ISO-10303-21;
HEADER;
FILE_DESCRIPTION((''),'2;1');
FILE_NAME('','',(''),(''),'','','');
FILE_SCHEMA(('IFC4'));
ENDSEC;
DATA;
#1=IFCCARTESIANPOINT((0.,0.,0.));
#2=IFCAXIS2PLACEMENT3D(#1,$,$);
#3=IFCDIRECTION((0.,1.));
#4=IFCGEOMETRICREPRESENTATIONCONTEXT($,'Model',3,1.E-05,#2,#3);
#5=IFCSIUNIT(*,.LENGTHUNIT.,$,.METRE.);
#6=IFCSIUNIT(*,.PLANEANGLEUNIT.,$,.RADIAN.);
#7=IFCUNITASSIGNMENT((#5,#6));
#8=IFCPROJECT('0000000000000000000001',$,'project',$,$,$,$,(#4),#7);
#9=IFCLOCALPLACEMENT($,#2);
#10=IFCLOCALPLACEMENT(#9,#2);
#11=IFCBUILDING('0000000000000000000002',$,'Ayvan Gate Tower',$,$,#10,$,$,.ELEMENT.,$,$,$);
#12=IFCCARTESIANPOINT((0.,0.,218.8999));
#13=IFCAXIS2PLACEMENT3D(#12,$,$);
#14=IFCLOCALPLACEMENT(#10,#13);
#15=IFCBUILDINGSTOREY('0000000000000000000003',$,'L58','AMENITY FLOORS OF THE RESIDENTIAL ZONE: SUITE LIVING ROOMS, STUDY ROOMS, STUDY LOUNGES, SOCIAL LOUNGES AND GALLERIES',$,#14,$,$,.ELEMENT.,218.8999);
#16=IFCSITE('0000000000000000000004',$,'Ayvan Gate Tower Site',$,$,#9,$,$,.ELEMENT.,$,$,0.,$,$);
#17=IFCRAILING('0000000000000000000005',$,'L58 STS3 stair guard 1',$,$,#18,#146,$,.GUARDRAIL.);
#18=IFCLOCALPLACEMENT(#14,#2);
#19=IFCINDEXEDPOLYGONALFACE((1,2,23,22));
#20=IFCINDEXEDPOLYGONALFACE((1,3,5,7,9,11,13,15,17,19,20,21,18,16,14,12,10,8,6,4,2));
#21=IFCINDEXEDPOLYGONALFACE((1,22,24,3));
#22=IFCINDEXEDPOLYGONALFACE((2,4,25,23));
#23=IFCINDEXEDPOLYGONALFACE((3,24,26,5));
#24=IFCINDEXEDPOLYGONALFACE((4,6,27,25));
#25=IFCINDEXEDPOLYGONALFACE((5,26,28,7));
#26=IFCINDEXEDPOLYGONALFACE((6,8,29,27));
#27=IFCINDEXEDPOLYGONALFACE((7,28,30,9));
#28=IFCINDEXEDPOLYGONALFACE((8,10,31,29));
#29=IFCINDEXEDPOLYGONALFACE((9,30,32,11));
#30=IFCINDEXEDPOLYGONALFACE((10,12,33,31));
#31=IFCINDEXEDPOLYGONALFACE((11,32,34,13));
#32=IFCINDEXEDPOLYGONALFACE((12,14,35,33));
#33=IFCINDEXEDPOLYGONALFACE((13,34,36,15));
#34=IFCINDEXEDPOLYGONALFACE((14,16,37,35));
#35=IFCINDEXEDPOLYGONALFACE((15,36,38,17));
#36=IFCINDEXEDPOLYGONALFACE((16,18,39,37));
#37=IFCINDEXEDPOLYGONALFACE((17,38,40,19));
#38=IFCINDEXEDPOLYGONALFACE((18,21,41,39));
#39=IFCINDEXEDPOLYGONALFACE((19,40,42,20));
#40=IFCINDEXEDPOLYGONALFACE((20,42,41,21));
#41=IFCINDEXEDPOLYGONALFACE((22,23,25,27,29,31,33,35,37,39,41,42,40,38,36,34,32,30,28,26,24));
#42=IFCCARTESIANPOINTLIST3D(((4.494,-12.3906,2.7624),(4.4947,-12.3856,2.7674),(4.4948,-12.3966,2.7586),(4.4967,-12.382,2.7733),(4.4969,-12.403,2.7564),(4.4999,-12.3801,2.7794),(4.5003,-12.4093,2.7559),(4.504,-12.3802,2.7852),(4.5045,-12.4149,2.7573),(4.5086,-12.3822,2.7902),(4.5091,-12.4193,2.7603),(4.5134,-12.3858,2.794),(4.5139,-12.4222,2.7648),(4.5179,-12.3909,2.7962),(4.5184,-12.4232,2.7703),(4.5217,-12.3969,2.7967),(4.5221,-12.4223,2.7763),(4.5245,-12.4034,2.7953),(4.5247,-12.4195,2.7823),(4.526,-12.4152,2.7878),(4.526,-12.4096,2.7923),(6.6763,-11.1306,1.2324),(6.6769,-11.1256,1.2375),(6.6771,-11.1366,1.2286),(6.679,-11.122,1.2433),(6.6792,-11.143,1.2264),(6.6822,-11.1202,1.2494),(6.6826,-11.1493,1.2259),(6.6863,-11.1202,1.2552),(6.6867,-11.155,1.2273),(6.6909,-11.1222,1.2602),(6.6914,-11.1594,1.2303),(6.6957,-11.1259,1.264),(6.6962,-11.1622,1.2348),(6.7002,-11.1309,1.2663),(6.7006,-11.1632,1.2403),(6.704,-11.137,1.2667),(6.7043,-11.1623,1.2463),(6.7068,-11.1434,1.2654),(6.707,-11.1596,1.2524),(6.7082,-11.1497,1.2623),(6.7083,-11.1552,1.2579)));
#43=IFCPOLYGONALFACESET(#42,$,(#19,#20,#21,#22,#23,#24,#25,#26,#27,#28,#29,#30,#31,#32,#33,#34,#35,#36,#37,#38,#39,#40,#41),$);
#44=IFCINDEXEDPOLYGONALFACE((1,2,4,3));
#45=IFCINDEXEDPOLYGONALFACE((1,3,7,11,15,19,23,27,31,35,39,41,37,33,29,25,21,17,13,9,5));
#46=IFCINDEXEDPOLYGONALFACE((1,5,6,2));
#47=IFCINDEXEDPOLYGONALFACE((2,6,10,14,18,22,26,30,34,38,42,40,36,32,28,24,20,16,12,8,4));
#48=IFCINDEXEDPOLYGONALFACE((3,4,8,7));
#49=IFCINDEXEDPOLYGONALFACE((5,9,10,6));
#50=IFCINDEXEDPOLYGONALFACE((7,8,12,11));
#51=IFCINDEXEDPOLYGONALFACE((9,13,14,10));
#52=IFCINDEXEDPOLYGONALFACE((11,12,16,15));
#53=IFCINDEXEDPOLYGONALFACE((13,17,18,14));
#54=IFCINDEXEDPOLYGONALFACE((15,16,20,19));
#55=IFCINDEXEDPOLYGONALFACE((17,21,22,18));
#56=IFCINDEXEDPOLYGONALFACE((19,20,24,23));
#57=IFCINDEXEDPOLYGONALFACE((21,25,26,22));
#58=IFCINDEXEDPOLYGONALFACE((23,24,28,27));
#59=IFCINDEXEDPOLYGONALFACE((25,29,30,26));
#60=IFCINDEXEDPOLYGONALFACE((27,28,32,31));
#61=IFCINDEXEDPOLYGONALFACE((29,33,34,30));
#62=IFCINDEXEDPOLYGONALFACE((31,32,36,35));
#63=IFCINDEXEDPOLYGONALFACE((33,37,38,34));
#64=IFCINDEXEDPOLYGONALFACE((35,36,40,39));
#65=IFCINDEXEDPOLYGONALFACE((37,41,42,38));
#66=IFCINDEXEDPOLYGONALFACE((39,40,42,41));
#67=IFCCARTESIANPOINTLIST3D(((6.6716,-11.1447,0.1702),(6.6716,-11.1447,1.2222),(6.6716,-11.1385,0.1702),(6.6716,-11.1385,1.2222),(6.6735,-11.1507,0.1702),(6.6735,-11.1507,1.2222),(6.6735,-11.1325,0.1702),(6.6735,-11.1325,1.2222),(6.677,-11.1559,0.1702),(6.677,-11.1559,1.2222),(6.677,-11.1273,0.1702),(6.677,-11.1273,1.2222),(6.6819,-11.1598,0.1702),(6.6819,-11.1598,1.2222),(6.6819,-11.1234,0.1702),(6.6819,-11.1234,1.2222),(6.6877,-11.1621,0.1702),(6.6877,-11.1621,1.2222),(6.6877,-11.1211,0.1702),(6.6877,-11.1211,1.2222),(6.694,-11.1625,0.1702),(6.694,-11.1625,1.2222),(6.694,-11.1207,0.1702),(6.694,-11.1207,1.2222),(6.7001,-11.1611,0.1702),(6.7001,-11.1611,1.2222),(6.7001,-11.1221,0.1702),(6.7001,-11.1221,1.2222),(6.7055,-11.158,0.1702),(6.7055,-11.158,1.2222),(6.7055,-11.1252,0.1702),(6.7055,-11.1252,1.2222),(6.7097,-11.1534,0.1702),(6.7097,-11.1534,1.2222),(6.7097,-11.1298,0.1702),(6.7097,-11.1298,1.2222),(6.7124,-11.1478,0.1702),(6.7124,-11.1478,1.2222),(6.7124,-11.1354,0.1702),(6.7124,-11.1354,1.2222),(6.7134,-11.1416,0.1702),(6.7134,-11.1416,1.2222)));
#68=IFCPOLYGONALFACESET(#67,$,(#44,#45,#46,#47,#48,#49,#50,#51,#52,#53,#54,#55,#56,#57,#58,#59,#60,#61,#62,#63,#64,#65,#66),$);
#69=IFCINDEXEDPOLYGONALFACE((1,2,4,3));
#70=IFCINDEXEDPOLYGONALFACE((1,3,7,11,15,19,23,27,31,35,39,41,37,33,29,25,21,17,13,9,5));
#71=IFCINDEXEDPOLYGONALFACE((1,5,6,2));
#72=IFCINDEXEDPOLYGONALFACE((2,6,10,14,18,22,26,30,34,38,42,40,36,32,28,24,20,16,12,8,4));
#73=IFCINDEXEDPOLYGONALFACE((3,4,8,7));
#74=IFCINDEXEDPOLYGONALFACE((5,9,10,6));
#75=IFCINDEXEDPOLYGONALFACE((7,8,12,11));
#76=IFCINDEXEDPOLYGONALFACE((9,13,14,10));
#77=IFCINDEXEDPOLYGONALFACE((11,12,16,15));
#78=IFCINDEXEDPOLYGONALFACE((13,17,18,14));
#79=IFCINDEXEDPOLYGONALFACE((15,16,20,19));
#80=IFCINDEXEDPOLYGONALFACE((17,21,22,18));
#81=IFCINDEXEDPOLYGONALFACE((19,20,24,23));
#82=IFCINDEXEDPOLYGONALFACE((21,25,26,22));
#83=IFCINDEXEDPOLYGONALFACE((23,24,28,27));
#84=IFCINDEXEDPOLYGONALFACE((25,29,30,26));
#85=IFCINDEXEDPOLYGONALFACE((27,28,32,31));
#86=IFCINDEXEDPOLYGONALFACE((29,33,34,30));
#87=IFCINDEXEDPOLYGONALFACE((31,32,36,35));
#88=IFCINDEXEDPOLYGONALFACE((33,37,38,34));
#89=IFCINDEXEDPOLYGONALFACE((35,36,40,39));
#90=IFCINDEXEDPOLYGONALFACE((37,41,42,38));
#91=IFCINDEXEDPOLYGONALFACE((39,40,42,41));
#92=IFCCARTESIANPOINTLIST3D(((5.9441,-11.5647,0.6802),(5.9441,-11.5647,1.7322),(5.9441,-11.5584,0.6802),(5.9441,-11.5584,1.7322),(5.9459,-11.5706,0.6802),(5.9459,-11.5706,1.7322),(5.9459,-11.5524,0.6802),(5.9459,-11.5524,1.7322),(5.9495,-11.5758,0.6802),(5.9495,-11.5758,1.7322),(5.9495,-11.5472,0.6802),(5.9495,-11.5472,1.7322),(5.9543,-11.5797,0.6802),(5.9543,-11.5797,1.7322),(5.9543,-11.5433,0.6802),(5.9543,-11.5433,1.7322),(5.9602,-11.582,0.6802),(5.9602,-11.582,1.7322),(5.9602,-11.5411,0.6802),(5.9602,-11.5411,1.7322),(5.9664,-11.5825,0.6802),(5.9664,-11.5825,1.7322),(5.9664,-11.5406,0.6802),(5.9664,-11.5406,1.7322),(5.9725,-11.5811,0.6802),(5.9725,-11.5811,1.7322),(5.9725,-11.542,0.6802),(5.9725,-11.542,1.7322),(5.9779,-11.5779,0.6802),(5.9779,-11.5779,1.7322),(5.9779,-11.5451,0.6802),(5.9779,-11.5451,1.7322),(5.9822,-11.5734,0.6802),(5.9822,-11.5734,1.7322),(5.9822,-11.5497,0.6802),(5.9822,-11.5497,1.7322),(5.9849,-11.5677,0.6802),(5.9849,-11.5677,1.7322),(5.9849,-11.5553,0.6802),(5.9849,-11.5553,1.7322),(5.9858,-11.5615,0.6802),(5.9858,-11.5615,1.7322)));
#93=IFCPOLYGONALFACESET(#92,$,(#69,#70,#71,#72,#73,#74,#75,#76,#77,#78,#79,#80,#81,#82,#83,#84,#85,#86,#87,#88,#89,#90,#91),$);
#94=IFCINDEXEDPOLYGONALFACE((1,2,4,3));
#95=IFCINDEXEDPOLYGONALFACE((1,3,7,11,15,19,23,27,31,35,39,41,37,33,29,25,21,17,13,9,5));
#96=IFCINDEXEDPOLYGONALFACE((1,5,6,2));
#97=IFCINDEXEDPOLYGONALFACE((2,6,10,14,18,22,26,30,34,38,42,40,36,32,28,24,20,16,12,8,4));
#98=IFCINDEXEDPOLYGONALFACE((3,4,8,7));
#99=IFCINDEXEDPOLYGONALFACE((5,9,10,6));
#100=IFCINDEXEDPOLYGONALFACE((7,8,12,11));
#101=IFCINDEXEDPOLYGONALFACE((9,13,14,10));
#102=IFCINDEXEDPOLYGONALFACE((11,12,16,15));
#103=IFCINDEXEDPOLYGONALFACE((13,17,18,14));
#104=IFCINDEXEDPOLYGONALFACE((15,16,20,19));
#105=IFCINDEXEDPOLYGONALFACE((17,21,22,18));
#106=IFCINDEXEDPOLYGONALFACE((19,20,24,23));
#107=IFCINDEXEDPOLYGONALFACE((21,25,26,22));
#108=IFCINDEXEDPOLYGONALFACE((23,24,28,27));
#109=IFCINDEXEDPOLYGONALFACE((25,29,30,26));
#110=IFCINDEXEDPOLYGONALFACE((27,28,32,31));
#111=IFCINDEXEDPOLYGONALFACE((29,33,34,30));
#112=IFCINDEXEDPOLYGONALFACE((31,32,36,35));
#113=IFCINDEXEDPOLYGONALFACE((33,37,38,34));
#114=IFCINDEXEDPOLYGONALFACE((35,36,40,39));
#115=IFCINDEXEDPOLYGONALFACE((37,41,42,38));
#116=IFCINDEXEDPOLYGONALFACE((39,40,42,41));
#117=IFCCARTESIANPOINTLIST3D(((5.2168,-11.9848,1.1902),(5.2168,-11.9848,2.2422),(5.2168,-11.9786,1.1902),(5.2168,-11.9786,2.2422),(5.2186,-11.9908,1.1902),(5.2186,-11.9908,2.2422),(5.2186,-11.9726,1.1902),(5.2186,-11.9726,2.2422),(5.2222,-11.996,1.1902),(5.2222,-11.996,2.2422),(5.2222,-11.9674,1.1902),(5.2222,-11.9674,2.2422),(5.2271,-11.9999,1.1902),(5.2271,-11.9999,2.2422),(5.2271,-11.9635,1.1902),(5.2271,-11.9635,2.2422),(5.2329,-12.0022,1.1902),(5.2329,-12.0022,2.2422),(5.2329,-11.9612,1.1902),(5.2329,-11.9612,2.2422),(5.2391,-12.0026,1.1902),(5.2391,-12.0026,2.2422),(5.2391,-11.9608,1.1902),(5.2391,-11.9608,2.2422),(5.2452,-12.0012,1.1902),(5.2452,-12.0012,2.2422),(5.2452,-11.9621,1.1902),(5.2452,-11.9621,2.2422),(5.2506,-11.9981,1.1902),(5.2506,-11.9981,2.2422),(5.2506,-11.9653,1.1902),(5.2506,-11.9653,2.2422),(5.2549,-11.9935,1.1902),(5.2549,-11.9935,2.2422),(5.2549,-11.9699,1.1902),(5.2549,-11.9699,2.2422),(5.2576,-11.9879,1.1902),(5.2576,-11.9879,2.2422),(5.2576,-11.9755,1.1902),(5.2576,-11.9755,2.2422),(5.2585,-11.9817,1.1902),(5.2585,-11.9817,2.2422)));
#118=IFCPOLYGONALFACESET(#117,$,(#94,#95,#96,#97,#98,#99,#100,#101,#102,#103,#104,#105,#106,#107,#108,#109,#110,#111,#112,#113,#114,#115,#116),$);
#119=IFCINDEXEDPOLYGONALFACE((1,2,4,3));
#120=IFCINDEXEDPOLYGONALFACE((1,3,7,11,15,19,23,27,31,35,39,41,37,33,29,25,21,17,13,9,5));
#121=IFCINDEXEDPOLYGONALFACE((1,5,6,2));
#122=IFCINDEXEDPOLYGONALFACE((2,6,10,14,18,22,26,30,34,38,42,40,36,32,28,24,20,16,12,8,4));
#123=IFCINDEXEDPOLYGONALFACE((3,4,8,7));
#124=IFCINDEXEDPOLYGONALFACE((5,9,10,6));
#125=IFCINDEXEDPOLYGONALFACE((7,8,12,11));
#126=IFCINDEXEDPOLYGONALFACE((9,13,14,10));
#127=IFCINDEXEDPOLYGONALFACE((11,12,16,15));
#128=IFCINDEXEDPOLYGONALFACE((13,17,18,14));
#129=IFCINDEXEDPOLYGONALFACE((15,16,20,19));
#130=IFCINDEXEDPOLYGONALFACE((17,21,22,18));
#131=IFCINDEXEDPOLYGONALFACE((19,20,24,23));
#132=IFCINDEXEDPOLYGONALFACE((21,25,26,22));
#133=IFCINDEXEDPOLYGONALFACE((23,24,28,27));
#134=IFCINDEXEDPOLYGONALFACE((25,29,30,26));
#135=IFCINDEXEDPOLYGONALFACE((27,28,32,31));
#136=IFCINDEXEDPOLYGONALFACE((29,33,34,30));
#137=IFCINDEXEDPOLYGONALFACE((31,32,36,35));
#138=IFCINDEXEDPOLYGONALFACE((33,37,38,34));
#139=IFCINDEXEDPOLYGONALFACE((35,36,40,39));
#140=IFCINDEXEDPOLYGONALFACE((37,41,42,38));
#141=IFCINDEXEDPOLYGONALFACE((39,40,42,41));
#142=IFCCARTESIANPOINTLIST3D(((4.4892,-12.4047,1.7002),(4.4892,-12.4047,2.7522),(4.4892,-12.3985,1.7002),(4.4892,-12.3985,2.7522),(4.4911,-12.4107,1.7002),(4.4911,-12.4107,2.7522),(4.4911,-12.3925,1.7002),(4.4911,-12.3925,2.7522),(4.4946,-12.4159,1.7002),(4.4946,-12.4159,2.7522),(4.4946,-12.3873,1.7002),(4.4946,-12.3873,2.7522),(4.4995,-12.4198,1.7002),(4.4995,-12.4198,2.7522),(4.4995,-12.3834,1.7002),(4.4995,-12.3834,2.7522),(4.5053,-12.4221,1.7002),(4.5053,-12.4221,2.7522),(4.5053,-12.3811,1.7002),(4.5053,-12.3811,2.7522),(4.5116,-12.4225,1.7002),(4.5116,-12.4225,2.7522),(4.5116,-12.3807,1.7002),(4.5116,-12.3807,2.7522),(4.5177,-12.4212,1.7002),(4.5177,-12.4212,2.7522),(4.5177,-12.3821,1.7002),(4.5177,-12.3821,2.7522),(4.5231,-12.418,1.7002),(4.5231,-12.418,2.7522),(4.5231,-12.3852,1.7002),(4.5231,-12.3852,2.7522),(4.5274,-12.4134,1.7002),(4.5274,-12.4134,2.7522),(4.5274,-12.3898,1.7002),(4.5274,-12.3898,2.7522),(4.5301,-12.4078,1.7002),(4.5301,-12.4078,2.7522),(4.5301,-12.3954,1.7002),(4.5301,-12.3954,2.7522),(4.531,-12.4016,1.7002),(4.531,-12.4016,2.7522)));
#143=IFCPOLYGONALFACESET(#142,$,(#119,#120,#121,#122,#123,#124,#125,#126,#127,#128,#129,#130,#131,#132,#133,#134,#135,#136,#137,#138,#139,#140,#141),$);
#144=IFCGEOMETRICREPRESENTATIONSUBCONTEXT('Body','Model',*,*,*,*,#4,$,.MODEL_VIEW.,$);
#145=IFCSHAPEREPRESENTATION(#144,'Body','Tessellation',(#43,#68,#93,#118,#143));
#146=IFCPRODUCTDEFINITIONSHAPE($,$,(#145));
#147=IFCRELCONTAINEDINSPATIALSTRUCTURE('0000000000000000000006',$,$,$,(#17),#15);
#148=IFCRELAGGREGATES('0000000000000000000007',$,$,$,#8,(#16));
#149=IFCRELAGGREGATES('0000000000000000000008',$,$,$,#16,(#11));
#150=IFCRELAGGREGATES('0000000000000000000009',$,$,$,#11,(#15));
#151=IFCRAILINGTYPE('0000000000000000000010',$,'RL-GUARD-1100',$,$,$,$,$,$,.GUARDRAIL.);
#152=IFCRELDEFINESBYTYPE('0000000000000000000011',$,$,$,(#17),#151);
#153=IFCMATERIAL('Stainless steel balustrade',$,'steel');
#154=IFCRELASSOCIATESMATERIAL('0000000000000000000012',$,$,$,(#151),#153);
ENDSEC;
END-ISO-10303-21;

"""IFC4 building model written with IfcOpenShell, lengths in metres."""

from ifc_helpers import new_model, si_unit, direction, frame, origin, origin_2d, place, context, subcontext, project, spatial, circle, extrude, material, type_object, element, save


model = new_model("IFC4")

# Units and contexts
model_context = context("Model", 3, precision=1e-05, world=origin(), true_north=direction((0.0, 1.0)))
body_context = subcontext(model_context, "Body", "Model", "MODEL_VIEW")
ifc_project = project(units=[si_unit("LENGTHUNIT", "METRE"), si_unit("PLANEANGLEUNIT", "RADIAN")], contexts=[model_context])

# Site, building, storey
site_placement = place(None, origin())
site = spatial("IfcSite", under=ifc_project, at=site_placement, Name="Ayvan Gate Tower Site", CompositionType="ELEMENT", RefElevation=0.0)
building_placement = place(site_placement, origin())
building = spatial("IfcBuilding", under=site, at=building_placement, Name="Ayvan Gate Tower", CompositionType="ELEMENT")
storey_placement = place(building_placement, frame((0.0, 0.0, 218.8999)))
storey = spatial("IfcBuildingStorey", under=building, at=storey_placement, Name="L58", Description="AMENITY FLOORS OF THE RESIDENTIAL ZONE: SUITE LIVING ROOMS, STUDY ROOMS, STUDY LOUNGES, SOCIAL LOUNGES AND GALLERIES", CompositionType="ELEMENT", Elevation=218.8999)

# Railing
ifc_material_1 = material(Name="Stainless steel balustrade", Category="steel")
railing_type_1 = type_object("IfcRailingType", Name="RL-GUARD-1100", PredefinedType="GUARDRAIL", material=ifc_material_1)
railing_1_placement = place(storey_placement, frame((6.6924, -11.1416, 0.1702)))
element("IfcRailing", 1, at=railing_1_placement, inside=storey, type_object=railing_type_1, Name="L58 STS3 stair guard 1", PredefinedType="GUARDRAIL", context=body_context, shape_type="SweptSolid", body=[
    extrude(circle(Radius=0.0239, at=origin_2d()), frame((0.0, 0.0, 1.0762), z_axis=(-0.740261, -0.427395, 0.518986), x_axis=(0.500005, -0.866023, 0.0)), (0.0, 0.0, 1.0), 2.948),
    extrude(circle(Radius=0.021, at=origin_2d()), origin(), (0.0, 0.0, 1.0), 1.052),
    extrude(circle(Radius=0.021, at=origin_2d()), frame((-0.7275, -0.4199, 0.51)), (0.0, 0.0, 1.0), 1.052),
    extrude(circle(Radius=0.021, at=origin_2d()), frame((-1.4548, -0.8401, 1.02)), (0.0, 0.0, 1.0), 1.052),
    extrude(circle(Radius=0.021, at=origin_2d()), frame((-2.1824, -1.26, 1.53)), (0.0, 0.0, 1.0), 1.052),
])

save(model, "model.ifc")
